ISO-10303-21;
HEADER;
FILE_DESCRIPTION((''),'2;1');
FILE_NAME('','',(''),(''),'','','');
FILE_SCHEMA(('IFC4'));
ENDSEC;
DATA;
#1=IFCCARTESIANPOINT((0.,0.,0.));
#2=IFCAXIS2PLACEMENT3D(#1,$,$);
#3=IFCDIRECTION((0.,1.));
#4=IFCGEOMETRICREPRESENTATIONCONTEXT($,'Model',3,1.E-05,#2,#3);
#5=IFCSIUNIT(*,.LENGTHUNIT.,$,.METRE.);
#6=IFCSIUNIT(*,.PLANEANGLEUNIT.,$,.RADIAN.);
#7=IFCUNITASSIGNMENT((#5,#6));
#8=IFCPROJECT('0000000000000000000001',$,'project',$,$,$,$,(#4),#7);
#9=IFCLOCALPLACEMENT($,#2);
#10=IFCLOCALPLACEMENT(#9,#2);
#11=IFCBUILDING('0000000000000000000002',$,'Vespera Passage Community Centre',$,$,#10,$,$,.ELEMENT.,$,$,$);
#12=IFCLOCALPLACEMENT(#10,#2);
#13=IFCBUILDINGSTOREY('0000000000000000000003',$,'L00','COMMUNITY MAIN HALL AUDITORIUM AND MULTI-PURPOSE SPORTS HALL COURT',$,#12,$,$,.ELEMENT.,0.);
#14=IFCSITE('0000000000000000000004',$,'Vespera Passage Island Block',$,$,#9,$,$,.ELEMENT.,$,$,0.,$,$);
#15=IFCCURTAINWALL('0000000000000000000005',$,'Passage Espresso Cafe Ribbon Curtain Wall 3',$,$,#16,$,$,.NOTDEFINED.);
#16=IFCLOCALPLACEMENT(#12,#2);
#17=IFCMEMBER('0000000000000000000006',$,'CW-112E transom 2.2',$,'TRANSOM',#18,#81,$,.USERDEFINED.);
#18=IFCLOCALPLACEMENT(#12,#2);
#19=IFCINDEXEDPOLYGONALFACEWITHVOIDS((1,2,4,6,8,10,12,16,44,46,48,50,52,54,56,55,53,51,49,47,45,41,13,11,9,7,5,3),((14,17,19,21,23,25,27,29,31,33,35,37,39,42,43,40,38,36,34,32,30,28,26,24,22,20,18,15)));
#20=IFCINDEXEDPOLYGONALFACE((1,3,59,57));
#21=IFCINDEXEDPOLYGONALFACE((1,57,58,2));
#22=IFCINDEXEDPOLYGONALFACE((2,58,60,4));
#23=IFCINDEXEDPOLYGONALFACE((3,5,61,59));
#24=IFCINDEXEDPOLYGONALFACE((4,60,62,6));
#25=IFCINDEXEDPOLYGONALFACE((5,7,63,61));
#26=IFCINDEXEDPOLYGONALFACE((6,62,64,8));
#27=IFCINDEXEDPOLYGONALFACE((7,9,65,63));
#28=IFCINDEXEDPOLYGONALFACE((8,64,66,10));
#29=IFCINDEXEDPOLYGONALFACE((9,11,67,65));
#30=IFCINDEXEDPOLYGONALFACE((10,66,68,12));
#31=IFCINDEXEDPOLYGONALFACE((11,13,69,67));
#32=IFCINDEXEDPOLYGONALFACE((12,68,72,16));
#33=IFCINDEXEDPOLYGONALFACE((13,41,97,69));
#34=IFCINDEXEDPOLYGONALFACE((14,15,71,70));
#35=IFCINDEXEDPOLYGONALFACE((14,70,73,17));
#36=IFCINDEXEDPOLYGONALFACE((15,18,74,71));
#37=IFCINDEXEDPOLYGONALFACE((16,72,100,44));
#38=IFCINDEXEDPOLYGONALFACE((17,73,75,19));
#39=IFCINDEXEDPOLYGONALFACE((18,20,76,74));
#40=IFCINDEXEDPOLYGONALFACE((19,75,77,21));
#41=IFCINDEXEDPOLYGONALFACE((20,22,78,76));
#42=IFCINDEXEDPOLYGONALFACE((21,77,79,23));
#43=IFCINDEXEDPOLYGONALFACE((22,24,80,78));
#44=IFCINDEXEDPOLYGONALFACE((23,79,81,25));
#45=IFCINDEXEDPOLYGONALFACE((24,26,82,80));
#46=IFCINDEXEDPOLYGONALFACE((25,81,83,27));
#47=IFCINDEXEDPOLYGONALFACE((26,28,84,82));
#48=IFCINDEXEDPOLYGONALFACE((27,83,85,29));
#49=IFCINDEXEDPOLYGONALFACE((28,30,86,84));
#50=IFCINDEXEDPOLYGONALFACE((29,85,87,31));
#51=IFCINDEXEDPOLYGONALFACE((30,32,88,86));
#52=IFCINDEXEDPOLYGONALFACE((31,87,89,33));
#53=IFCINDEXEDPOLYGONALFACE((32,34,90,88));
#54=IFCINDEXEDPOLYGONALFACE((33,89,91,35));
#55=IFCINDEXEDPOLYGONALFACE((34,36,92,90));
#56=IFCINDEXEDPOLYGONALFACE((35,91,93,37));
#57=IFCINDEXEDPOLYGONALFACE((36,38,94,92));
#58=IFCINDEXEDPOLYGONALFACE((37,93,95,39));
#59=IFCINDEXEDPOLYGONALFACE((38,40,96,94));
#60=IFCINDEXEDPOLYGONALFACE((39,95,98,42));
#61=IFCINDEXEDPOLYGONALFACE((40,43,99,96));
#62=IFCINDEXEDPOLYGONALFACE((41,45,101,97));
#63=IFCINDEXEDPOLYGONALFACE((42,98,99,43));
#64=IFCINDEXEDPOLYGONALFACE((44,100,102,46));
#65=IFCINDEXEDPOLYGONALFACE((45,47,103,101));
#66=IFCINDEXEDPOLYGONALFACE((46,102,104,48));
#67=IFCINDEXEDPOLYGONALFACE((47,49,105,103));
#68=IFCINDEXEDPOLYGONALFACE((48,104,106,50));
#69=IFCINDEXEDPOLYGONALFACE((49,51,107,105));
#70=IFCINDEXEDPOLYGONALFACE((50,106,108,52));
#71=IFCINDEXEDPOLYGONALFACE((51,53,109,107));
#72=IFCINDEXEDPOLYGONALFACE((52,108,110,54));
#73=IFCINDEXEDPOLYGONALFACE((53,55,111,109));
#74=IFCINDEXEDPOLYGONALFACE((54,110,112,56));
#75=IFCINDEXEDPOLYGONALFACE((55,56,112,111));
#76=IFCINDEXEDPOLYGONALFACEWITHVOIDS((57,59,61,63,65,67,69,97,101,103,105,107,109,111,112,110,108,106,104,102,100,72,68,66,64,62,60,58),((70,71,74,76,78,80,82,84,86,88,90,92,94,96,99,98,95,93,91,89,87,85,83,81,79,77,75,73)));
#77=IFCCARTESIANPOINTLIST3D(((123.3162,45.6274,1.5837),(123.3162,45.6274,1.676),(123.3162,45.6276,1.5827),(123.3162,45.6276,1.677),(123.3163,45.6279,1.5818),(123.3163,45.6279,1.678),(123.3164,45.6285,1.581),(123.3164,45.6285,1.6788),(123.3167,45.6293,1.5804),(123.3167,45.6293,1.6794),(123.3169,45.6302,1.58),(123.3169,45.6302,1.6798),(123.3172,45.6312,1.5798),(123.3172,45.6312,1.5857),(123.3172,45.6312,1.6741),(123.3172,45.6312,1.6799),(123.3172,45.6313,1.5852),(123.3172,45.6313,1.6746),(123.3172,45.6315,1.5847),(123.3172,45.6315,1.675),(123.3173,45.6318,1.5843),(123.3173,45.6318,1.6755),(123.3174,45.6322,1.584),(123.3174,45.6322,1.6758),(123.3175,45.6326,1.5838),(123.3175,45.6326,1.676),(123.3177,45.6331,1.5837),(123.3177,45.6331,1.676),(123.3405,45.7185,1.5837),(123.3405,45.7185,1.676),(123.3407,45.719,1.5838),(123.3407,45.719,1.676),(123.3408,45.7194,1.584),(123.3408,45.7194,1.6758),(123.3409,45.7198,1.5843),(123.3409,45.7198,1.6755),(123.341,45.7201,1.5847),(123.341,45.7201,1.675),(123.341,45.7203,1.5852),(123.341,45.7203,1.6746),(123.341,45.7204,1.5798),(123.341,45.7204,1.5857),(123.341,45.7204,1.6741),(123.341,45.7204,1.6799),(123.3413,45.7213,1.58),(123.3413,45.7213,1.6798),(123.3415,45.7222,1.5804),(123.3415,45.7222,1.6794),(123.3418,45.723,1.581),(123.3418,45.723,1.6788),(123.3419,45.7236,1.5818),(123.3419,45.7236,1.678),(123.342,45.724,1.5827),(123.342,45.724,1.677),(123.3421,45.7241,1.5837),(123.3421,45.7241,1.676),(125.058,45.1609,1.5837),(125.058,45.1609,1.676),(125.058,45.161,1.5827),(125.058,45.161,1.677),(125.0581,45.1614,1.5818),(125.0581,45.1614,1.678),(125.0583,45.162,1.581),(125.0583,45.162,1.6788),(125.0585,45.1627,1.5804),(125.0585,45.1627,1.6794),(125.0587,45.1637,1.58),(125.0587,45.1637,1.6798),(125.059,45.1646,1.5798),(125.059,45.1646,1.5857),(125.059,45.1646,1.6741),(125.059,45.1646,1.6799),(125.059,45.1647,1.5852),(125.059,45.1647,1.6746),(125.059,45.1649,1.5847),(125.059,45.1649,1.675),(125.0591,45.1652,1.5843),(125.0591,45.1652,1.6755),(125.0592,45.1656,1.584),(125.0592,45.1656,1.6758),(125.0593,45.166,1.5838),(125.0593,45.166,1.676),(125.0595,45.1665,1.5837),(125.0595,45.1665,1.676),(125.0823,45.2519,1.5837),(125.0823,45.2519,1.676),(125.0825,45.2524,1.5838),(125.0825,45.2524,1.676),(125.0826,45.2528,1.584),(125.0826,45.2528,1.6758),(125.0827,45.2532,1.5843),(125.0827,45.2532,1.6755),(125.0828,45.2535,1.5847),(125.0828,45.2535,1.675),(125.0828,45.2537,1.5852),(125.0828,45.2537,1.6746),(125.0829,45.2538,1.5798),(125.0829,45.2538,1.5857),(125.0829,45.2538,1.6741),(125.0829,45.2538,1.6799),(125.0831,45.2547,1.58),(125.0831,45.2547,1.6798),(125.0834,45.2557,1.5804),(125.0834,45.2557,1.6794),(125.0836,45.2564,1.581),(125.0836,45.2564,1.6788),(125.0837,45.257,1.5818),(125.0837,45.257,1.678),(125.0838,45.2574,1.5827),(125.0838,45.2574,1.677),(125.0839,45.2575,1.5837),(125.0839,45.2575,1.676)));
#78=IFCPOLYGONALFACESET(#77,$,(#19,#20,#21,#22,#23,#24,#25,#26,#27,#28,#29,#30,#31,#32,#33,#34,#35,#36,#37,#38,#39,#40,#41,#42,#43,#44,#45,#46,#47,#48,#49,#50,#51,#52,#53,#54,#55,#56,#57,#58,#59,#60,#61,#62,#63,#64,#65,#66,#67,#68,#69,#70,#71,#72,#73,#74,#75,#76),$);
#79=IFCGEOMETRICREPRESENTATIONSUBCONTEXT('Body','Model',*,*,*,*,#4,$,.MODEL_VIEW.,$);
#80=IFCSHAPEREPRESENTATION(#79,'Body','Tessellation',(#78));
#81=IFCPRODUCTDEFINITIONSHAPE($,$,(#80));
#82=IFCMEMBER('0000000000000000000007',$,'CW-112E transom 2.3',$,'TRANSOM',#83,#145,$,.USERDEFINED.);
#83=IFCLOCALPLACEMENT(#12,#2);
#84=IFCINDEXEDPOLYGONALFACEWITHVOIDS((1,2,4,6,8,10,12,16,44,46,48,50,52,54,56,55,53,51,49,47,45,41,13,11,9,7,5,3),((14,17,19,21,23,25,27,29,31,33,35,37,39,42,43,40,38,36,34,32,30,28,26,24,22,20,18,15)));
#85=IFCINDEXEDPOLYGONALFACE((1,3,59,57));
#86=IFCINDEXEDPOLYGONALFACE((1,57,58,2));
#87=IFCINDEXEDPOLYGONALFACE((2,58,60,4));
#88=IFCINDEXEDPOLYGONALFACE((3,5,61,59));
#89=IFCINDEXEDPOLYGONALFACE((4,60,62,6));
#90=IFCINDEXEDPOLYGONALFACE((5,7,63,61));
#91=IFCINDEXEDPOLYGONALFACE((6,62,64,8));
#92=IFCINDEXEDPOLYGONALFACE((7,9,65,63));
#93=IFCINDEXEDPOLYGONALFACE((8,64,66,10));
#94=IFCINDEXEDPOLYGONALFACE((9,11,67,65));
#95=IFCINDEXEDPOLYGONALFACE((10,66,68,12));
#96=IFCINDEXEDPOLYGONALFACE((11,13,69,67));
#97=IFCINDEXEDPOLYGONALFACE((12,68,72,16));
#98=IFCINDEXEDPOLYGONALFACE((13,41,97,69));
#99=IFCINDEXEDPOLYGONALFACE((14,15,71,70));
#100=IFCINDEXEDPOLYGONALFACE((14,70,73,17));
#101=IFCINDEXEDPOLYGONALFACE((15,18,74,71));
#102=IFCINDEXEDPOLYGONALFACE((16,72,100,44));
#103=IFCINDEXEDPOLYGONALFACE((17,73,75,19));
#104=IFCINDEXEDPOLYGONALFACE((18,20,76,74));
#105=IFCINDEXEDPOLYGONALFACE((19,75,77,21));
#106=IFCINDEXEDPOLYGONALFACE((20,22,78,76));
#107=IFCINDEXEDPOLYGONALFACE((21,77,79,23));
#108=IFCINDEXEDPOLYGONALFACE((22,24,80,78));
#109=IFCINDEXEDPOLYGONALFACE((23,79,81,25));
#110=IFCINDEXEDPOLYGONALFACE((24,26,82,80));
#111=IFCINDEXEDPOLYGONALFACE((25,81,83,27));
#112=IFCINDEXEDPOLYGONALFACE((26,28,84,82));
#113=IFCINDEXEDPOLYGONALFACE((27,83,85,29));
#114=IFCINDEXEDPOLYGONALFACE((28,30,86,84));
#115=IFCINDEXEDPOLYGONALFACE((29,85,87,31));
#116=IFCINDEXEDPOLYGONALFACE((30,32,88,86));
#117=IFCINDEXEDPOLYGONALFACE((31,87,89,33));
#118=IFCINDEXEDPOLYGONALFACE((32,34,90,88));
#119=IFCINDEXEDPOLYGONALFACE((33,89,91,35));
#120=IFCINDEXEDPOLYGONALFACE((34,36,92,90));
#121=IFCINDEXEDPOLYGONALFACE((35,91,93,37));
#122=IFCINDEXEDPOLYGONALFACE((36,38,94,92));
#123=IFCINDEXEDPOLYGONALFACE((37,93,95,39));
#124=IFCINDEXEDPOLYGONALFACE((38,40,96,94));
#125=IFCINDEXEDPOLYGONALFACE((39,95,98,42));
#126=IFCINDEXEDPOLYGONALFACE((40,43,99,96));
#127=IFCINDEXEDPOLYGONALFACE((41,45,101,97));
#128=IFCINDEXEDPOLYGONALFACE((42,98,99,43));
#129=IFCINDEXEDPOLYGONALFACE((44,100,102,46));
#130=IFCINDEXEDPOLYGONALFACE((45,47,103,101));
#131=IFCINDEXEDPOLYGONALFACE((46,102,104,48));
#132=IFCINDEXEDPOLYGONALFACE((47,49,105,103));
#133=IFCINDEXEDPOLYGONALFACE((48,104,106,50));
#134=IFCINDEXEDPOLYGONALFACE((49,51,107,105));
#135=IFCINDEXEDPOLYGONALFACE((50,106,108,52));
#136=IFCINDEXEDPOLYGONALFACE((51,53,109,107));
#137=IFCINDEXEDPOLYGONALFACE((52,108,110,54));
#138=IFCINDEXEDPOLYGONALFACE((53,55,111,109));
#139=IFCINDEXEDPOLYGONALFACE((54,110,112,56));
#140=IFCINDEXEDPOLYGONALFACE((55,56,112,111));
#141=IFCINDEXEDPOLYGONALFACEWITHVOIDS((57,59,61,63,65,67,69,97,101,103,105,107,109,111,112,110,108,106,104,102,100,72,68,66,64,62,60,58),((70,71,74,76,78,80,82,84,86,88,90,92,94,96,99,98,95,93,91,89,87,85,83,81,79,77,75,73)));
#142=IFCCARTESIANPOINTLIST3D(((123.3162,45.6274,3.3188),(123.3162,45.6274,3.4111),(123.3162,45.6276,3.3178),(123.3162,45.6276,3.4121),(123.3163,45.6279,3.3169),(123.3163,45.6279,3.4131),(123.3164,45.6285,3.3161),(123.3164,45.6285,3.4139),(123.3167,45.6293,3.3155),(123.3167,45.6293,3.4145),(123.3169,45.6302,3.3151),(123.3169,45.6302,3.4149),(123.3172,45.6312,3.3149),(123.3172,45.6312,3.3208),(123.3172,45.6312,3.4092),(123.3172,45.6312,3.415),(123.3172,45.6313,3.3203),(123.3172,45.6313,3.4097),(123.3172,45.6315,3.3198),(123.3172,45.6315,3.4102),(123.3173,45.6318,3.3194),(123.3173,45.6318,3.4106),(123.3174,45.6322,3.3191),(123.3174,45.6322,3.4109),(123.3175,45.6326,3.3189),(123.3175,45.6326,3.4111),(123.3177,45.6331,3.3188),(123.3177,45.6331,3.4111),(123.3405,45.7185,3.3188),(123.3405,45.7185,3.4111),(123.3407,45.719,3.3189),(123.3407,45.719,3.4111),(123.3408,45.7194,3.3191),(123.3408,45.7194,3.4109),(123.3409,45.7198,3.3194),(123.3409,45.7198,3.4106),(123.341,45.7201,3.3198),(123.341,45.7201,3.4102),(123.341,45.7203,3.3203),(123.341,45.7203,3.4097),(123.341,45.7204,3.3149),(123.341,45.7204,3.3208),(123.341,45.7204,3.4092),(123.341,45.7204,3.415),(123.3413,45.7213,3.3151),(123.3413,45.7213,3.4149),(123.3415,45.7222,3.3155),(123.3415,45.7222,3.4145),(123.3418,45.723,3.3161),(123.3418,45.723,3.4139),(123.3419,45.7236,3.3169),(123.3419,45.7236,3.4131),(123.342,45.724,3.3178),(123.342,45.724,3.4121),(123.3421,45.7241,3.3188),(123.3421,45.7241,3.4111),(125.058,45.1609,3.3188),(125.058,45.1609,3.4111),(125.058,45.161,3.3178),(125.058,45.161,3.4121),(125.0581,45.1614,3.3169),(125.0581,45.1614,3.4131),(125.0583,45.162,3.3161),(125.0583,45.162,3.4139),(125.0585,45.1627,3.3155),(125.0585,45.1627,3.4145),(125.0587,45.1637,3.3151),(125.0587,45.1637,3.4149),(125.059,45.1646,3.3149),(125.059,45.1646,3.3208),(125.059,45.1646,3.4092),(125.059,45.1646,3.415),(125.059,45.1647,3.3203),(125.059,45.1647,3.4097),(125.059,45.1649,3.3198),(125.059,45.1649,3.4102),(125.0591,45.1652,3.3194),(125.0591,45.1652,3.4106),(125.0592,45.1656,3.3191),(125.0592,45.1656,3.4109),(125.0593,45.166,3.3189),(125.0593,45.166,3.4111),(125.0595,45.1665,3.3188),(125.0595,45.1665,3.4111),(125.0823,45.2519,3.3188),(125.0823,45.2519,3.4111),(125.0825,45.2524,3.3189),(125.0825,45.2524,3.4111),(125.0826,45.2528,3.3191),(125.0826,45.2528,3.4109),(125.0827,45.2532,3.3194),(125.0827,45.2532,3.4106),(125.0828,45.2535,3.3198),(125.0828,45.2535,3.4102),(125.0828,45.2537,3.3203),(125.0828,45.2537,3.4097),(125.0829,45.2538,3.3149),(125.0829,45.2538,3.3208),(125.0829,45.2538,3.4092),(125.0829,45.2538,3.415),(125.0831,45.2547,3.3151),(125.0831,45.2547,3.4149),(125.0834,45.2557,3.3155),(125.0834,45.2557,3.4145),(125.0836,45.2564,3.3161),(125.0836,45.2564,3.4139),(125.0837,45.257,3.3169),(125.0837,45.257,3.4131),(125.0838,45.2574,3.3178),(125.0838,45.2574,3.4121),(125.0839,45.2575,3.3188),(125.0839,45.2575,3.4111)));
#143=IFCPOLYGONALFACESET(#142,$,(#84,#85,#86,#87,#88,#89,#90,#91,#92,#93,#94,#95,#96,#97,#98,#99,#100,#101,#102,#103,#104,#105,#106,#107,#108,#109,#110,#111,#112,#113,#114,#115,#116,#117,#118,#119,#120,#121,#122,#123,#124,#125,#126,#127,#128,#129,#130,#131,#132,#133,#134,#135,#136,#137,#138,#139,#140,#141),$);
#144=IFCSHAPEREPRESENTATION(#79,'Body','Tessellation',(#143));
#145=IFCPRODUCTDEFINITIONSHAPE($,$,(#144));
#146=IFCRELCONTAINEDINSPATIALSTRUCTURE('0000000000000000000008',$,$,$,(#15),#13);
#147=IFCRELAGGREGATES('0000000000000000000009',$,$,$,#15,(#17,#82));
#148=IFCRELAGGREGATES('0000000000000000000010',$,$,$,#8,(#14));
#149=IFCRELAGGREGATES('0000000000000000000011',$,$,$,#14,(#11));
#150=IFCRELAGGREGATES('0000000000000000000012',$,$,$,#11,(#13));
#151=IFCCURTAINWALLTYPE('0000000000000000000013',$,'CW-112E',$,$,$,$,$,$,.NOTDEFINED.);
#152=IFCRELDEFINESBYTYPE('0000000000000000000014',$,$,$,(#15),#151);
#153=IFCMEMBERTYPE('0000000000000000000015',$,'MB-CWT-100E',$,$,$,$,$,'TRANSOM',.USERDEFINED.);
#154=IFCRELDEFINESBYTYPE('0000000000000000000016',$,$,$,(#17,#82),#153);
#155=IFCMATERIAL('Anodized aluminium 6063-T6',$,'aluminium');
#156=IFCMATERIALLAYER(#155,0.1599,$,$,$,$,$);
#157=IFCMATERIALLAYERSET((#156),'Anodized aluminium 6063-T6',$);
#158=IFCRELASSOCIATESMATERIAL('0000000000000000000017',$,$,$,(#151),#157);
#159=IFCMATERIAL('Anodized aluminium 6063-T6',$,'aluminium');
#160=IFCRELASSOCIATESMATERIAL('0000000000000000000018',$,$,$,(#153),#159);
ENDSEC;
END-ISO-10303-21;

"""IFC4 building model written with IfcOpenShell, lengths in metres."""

from ifc_helpers import new_model, si_unit, direction, frame, origin, origin_2d, place, context, subcontext, project, spatial, hollow_rectangle, extrude, material, layer, layer_set, material_profile, profile_set, type_object, element, aggregate, save


model = new_model("IFC4")

# Units and contexts
model_context = context("Model", 3, precision=1e-05, world=origin(), true_north=direction((0.0, 1.0)))
body_context = subcontext(model_context, "Body", "Model", "MODEL_VIEW")
ifc_project = project(units=[si_unit("LENGTHUNIT", "METRE"), si_unit("PLANEANGLEUNIT", "RADIAN")], contexts=[model_context])

# Site, building, storey
site_placement = place(None, origin())
site = spatial("IfcSite", under=ifc_project, at=site_placement, Name="Vespera Passage Island Block", CompositionType="ELEMENT", RefElevation=0.0)
building_placement = place(site_placement, origin())
building = spatial("IfcBuilding", under=site, at=building_placement, Name="Vespera Passage Community Centre", CompositionType="ELEMENT")
storey_placement = place(building_placement, origin())
storey = spatial("IfcBuildingStorey", under=building, at=storey_placement, Name="L00", Description="COMMUNITY MAIN HALL AUDITORIUM AND MULTI-PURPOSE SPORTS HALL COURT", CompositionType="ELEMENT", Elevation=0.0)

# Curtain wall
ifc_material_1 = material(Name="Anodized aluminium 6063-T6", Category="aluminium")
ifc_layer_1 = layer(ifc_material_1, 0.1599)
ifc_layer_set_1 = layer_set([ifc_layer_1], Name="Anodized aluminium 6063-T6")
curtain_wall_type = type_object("IfcCurtainWallType", Name="CW-112E", PredefinedType="NOTDEFINED", material=ifc_layer_set_1)
curtain_wall_1_placement = place(storey_placement, origin())
curtain_wall_1 = element("IfcCurtainWall", 1, at=curtain_wall_1_placement, inside=storey, type_object=curtain_wall_type, Name="Passage Espresso Cafe Ribbon Curtain Wall 3", PredefinedType="NOTDEFINED")

# Members
ifc_material_2 = material(Name="Anodized aluminium 6063-T6", Category="aluminium")
ifc_material_profile_1 = material_profile(ifc_material_2, hollow_rectangle(XDim=0.1001, YDim=0.1001, WallThickness=0.0039, InnerFilletRadius=0.002, OuterFilletRadius=0.0039, at=origin_2d()), Name="ALU100X100X4")
ifc_profile_set_1 = profile_set([ifc_material_profile_1], Name="Anodized aluminium 6063-T6")
member_type_1 = type_object("IfcMemberType", Name="MB-CWT-100E", ElementType="TRANSOM", PredefinedType="USERDEFINED", material=ifc_profile_set_1)
member_1_placement = place(storey_placement, frame((123.3291, 45.6758, 1.6299), z_axis=(0.965944, -0.25875, 0.0), x_axis=(0.25875, 0.965944, 0.0)))
member_1 = element("IfcMember", 2, at=member_1_placement, type_object=member_type_1, Name="CW-112E transom 2.2", ObjectType="TRANSOM", PredefinedType="USERDEFINED", context=body_context, shape_type="SweptSolid", body=[
    extrude(hollow_rectangle(XDim=0.1001, YDim=0.1001, WallThickness=0.0039, InnerFilletRadius=0.002, OuterFilletRadius=0.0039, at=origin_2d()), origin(), (0.0, 0.0, 1.0), 1.8032),
])
member_2_placement = place(storey_placement, frame((123.3291, 45.6758, 3.365), z_axis=(0.965944, -0.25875, 0.0), x_axis=(0.25875, 0.965944, 0.0)))
member_2 = element("IfcMember", 3, at=member_2_placement, type_object=member_type_1, Name="CW-112E transom 2.3", ObjectType="TRANSOM", PredefinedType="USERDEFINED", context=body_context, shape_type="SweptSolid", body=[
    extrude(hollow_rectangle(XDim=0.1001, YDim=0.1001, WallThickness=0.0039, InnerFilletRadius=0.002, OuterFilletRadius=0.0039, at=origin_2d()), origin(), (0.0, 0.0, 1.0), 1.8032),
])

aggregate(curtain_wall_1, [member_1, member_2])

save(model, "model.ifc")
